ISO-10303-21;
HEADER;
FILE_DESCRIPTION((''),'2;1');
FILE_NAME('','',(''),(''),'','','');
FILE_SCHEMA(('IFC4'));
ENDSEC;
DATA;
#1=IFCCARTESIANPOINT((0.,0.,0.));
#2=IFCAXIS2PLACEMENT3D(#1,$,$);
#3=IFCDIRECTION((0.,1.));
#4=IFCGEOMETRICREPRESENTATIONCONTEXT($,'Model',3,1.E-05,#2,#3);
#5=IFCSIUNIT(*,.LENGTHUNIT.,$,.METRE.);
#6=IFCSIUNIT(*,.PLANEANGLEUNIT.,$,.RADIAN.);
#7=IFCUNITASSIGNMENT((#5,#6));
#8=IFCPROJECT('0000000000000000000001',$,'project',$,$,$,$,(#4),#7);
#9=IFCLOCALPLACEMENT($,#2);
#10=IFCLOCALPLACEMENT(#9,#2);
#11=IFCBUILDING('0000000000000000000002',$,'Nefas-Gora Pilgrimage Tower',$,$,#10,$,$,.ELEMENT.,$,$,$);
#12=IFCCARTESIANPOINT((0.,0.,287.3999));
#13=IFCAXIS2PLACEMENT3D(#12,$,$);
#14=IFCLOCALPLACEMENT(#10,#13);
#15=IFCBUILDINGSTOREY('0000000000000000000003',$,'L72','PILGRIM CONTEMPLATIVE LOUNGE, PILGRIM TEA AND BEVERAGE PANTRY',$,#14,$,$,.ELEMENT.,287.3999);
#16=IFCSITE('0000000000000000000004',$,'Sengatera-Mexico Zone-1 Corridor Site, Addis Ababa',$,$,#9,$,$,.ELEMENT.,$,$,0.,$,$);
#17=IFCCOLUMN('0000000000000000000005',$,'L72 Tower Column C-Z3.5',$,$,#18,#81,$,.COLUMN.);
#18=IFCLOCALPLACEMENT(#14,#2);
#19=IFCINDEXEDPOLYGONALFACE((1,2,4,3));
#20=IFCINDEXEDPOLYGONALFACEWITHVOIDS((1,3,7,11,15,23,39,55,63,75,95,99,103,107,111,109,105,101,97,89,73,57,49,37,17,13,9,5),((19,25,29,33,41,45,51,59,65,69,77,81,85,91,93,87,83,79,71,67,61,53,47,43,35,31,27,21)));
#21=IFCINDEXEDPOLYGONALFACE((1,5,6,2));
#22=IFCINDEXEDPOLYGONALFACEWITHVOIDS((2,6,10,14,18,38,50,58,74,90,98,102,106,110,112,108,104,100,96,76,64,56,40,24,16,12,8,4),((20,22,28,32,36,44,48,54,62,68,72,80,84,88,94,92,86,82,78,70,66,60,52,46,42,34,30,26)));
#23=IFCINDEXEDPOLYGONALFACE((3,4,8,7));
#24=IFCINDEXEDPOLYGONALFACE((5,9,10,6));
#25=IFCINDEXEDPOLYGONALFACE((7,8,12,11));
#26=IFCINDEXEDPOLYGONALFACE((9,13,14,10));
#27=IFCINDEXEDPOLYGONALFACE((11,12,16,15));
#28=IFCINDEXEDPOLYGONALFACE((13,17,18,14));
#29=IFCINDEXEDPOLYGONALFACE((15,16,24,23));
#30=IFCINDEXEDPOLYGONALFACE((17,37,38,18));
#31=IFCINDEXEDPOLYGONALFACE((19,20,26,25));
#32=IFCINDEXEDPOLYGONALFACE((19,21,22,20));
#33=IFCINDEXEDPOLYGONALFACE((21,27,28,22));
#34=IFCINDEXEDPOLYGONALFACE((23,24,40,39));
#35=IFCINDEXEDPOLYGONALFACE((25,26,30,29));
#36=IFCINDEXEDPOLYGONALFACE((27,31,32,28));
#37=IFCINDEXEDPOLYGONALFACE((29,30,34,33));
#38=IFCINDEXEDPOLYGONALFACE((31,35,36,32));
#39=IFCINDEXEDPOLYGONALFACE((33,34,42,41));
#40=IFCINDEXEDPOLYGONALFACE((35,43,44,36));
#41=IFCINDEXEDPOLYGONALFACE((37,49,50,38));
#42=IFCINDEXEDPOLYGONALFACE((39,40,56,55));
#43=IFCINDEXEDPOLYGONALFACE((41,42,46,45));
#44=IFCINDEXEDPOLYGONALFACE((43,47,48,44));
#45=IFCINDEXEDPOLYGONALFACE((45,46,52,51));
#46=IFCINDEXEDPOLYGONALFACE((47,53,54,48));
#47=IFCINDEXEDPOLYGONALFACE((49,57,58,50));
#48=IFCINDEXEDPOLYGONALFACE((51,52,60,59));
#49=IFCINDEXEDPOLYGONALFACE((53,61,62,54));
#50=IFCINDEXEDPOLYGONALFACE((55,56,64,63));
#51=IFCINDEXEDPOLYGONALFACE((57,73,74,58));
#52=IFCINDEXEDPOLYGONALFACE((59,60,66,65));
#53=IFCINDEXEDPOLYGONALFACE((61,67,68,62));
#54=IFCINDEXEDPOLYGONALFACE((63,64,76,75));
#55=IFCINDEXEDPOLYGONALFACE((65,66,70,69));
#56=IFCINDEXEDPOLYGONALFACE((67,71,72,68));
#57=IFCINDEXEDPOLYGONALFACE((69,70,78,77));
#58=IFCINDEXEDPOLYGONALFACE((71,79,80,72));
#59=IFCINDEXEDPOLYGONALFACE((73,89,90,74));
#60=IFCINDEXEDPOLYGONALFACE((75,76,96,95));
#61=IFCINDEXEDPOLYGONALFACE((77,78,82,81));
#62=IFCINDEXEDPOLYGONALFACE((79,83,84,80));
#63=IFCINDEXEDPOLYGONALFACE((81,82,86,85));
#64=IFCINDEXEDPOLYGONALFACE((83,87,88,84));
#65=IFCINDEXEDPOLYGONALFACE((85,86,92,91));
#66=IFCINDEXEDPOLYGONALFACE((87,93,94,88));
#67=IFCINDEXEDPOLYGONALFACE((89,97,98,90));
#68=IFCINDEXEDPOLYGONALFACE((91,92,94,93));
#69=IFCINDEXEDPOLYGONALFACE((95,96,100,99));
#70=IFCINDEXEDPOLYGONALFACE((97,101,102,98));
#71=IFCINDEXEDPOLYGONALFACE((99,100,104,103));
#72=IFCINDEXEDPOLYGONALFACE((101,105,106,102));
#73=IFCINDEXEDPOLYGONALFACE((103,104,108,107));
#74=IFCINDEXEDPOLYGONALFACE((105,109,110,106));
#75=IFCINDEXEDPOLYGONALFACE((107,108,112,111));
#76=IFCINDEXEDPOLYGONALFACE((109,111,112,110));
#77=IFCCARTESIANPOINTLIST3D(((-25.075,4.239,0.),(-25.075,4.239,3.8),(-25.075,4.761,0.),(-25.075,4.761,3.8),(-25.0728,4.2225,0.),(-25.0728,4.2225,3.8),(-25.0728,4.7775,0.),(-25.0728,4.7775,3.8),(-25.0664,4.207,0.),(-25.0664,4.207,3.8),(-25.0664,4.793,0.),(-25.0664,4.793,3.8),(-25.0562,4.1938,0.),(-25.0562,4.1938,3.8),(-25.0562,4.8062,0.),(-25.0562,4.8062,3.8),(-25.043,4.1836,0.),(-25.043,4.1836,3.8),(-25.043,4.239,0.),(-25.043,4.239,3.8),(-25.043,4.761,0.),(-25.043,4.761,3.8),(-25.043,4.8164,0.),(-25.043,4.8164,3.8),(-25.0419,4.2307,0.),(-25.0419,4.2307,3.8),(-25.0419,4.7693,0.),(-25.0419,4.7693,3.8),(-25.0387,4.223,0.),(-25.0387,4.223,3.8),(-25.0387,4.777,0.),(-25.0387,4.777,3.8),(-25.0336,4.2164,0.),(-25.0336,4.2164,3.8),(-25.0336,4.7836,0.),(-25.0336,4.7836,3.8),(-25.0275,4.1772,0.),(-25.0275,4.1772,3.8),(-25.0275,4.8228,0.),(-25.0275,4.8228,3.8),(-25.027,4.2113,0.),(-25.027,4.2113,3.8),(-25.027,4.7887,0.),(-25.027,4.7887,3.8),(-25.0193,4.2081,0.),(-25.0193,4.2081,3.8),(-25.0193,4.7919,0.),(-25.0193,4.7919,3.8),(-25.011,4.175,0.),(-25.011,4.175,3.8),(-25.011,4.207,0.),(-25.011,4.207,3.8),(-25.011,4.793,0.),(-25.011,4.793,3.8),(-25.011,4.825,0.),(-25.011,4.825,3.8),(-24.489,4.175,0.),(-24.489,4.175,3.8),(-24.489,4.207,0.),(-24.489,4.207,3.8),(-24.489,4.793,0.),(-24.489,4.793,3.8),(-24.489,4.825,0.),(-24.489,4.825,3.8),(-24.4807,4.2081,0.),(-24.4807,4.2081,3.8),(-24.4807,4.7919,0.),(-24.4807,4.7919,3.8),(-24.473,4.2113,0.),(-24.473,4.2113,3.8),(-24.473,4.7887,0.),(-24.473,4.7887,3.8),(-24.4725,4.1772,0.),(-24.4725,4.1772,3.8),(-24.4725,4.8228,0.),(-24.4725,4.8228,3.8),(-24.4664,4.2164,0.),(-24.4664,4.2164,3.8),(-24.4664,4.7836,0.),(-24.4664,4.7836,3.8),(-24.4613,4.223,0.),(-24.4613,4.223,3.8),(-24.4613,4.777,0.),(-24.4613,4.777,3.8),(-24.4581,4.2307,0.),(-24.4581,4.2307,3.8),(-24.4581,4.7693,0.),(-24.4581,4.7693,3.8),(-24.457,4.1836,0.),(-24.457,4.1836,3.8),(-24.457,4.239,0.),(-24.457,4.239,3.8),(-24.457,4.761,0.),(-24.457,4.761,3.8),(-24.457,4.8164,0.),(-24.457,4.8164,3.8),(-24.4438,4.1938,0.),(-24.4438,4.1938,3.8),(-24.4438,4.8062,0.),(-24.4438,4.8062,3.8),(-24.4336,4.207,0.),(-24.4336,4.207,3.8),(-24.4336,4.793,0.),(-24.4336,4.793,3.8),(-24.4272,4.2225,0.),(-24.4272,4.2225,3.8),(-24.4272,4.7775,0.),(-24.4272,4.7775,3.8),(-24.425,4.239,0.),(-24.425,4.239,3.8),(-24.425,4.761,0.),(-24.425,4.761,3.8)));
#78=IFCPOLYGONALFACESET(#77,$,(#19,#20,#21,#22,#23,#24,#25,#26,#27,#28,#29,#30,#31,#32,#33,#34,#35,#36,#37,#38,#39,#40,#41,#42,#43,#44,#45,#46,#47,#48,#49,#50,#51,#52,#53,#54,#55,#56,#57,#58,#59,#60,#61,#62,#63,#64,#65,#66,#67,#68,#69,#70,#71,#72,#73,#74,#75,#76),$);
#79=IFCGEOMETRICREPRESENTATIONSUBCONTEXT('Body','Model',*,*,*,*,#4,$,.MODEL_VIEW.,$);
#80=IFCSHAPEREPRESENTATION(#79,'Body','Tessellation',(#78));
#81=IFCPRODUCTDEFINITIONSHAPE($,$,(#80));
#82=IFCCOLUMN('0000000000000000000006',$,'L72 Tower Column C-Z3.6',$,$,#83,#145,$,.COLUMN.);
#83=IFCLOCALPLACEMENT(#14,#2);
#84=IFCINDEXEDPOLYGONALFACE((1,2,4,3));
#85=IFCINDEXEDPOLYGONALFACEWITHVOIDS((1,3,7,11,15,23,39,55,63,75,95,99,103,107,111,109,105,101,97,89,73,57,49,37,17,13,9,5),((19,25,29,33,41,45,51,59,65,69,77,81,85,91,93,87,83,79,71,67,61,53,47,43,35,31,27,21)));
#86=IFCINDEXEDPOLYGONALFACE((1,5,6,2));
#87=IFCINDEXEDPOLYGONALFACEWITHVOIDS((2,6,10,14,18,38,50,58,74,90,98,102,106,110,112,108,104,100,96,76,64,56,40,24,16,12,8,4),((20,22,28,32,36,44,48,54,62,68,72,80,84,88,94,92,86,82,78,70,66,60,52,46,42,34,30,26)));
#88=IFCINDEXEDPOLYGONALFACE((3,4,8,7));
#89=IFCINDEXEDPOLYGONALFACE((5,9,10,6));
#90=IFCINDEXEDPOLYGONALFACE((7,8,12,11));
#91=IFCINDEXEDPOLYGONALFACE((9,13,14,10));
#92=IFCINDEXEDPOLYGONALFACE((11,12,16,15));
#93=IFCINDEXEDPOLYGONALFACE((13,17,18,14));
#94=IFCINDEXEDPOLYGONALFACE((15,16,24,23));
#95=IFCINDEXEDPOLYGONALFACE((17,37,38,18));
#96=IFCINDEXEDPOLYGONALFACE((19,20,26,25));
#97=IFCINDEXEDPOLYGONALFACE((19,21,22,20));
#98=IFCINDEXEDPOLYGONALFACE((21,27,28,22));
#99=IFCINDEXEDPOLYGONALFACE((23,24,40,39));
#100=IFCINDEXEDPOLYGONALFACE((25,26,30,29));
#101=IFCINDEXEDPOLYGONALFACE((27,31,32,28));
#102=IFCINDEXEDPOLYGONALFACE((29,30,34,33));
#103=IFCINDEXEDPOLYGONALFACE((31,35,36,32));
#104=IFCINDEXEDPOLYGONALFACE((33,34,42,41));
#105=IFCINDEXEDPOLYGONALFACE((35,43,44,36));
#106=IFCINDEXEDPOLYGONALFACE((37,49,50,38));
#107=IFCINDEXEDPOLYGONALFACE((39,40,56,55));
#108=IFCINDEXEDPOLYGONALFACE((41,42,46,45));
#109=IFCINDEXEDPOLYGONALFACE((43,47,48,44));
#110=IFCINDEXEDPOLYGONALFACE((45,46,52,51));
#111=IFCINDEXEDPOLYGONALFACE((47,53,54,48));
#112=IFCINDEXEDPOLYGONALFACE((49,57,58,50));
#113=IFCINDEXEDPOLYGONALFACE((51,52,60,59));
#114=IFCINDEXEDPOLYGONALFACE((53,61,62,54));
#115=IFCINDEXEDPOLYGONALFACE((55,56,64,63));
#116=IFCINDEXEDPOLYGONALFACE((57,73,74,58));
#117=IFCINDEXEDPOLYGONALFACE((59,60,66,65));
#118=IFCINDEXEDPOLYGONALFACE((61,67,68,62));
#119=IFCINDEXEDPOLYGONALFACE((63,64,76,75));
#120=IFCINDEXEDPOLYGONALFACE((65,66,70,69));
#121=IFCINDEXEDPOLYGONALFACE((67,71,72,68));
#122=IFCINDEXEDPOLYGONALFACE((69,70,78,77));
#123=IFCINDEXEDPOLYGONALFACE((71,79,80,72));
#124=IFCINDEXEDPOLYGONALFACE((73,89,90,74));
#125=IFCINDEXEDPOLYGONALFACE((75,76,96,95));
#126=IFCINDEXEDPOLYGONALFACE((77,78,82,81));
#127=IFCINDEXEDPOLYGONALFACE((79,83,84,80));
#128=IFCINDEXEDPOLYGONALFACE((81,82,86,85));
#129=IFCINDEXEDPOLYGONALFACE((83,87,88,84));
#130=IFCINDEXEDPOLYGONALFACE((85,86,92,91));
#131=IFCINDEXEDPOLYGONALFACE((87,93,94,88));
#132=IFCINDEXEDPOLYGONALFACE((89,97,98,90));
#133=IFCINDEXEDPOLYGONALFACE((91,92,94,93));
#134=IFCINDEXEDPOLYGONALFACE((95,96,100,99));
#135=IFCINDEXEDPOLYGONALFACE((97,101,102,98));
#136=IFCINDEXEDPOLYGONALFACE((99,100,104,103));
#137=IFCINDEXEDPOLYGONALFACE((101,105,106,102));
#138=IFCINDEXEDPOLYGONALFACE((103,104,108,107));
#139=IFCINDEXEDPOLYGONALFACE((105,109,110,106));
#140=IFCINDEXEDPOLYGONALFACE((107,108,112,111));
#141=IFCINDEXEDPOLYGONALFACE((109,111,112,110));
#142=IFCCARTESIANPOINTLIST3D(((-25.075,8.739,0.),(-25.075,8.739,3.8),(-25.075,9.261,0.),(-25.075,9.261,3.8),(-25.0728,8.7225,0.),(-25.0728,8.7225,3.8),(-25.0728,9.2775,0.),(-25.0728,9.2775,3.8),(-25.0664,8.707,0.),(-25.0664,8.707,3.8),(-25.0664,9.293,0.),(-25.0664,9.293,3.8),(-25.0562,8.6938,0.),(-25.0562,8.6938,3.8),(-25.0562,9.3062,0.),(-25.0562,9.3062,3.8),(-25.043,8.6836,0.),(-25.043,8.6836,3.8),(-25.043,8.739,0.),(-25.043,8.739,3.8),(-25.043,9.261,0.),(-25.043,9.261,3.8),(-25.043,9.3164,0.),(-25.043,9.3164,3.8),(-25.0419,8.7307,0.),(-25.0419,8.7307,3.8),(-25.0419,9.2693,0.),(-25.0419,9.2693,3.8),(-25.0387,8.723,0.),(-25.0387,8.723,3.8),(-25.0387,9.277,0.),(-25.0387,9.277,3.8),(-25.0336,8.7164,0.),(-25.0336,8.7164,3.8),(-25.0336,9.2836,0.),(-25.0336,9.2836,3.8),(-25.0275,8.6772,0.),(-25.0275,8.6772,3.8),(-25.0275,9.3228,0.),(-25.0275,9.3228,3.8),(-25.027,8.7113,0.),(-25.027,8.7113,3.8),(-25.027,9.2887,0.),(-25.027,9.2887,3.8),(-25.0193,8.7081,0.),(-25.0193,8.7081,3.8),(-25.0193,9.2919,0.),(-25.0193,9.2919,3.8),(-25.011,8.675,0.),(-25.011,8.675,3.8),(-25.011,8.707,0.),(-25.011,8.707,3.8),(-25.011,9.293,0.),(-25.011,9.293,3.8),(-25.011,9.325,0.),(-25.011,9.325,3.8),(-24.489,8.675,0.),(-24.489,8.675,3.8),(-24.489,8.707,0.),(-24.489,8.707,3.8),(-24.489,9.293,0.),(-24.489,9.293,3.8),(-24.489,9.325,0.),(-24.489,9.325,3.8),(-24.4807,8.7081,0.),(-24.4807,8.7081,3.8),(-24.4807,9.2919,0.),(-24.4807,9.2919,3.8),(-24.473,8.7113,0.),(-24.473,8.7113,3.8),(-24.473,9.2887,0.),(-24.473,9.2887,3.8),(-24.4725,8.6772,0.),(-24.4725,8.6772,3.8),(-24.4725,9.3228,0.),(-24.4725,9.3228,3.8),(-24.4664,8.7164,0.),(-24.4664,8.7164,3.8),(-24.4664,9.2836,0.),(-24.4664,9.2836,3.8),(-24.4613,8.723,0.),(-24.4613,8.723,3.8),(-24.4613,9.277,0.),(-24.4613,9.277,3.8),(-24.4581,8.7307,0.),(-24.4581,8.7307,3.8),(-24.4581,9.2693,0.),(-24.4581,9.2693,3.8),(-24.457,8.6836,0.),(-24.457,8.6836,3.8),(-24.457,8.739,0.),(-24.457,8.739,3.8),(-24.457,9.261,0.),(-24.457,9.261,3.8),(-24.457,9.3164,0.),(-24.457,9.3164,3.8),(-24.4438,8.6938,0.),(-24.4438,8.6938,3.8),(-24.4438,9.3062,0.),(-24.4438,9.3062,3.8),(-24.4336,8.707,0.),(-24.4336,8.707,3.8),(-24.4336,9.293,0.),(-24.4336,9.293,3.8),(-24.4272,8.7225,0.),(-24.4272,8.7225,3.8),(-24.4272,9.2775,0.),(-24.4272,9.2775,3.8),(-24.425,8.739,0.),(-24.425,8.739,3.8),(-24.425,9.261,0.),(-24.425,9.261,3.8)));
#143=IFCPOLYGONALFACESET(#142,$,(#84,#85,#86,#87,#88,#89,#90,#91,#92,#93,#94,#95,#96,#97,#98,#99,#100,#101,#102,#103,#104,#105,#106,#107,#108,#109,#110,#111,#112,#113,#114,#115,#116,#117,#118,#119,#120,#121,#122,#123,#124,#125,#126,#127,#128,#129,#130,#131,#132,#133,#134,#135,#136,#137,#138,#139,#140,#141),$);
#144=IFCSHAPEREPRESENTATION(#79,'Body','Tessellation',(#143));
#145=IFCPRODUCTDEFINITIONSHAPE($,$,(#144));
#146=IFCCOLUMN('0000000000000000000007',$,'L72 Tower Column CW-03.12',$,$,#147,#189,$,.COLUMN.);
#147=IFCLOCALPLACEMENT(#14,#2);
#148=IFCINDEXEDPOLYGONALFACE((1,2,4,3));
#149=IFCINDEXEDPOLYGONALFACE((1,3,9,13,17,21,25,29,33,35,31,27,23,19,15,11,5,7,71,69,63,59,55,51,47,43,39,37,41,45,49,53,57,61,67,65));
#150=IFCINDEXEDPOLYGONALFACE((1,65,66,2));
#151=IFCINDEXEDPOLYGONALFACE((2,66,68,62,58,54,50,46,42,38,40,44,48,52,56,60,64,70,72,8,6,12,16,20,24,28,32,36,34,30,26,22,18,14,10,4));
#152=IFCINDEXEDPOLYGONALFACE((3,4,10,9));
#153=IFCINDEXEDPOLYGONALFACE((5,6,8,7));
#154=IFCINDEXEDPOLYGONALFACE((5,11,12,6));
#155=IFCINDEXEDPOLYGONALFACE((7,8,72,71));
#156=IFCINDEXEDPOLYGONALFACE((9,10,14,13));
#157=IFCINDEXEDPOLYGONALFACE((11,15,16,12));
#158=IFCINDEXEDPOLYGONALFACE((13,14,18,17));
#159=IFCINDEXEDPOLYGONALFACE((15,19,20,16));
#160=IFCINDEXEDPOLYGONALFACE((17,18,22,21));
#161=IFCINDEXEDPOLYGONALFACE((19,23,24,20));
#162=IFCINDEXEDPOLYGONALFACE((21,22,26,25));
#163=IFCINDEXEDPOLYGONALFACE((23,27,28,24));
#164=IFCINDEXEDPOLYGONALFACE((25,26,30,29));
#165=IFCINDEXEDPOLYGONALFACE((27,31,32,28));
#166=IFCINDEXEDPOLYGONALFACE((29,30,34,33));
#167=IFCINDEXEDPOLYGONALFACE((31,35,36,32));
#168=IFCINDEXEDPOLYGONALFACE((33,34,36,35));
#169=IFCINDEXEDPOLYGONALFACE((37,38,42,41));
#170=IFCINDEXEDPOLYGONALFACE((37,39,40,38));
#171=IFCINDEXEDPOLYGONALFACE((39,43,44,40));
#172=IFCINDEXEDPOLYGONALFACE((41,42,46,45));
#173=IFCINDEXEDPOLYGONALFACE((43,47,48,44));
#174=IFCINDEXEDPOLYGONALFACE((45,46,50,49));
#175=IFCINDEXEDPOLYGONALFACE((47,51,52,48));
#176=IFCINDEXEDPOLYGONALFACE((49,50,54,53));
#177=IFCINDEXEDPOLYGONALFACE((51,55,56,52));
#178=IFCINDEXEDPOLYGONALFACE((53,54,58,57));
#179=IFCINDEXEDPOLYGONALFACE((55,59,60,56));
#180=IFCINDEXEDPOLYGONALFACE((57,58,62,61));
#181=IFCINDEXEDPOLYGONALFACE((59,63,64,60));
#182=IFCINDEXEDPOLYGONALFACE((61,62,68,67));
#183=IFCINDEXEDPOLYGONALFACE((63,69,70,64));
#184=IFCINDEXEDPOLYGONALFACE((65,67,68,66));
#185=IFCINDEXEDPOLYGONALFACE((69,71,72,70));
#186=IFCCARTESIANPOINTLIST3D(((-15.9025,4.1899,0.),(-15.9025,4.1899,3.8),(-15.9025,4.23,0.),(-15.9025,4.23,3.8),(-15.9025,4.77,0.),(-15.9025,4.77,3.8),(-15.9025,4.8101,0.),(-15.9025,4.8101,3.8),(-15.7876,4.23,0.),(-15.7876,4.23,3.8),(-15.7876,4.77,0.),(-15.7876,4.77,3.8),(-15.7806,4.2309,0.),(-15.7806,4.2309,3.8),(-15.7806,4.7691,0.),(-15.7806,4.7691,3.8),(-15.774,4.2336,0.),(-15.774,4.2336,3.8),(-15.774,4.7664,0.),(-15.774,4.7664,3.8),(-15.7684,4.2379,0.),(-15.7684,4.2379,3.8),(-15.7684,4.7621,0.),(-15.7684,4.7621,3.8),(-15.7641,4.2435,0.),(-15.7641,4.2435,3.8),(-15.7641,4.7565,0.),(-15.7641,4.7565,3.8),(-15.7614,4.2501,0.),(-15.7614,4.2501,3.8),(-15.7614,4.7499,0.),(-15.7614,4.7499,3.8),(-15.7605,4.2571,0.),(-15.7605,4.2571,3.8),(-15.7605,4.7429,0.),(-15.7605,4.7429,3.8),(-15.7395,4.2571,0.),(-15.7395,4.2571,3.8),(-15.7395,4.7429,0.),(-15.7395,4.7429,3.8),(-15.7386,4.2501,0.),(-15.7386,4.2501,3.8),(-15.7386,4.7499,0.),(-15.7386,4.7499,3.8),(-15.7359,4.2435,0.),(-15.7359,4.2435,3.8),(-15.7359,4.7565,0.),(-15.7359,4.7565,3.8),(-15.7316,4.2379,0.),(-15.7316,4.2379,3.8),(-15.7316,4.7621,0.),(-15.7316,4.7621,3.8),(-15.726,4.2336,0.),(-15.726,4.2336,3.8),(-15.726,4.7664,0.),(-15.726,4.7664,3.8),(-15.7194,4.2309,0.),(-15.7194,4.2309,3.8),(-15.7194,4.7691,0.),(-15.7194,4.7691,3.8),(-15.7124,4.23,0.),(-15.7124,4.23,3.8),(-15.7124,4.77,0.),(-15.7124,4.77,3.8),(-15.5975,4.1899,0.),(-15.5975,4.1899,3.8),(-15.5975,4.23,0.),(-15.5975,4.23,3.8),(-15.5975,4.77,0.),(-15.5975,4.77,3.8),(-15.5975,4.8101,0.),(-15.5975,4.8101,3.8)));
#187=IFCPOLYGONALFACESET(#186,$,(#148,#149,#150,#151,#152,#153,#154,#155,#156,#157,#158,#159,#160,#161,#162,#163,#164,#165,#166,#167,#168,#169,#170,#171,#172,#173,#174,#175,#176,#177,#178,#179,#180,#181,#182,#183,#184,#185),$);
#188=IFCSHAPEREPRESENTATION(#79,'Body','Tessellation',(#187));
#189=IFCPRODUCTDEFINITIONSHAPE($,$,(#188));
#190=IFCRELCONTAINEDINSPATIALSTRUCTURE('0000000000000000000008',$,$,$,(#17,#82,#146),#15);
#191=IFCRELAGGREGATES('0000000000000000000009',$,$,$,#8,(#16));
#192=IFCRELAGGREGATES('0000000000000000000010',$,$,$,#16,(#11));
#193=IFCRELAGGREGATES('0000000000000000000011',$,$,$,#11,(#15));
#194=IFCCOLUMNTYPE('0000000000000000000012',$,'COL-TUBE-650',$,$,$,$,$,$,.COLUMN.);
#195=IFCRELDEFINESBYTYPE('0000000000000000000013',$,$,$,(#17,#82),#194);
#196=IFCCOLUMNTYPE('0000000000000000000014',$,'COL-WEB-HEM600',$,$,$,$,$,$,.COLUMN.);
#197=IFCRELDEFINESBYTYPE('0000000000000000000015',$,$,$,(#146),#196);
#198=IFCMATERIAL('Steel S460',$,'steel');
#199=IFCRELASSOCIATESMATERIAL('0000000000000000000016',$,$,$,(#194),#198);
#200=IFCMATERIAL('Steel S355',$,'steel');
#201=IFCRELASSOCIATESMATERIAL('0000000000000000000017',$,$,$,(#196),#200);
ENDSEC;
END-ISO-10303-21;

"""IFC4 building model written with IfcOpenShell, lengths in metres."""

from ifc_helpers import new_model, si_unit, direction, frame, origin, origin_2d, place, context, subcontext, project, spatial, hollow_rectangle, i_section, extrude, source, transform, mapped, material, material_profile, profile_set, type_object, element, save


model = new_model("IFC4")

# Units and contexts
model_context = context("Model", 3, precision=1e-05, world=origin(), true_north=direction((0.0, 1.0)))
body_context = subcontext(model_context, "Body", "Model", "MODEL_VIEW")
ifc_project = project(units=[si_unit("LENGTHUNIT", "METRE"), si_unit("PLANEANGLEUNIT", "RADIAN")], contexts=[model_context])

# Site, building, storey
site_placement = place(None, origin())
site = spatial("IfcSite", under=ifc_project, at=site_placement, Name="Sengatera-Mexico Zone-1 Corridor Site, Addis Ababa", CompositionType="ELEMENT", RefElevation=0.0)
building_placement = place(site_placement, origin())
building = spatial("IfcBuilding", under=site, at=building_placement, Name="Nefas-Gora Pilgrimage Tower", CompositionType="ELEMENT")
storey_placement = place(building_placement, frame((0.0, 0.0, 287.3999)))
storey = spatial("IfcBuildingStorey", under=building, at=storey_placement, Name="L72", Description="PILGRIM CONTEMPLATIVE LOUNGE, PILGRIM TEA AND BEVERAGE PANTRY", CompositionType="ELEMENT", Elevation=287.3999)

# Columns
ifc_material_1 = material(Name="Steel S460", Category="steel")
ifc_material_profile_1 = material_profile(ifc_material_1, hollow_rectangle(XDim=0.6499, YDim=0.6499, WallThickness=0.032, InnerFilletRadius=0.032, OuterFilletRadius=0.064, at=origin_2d()), Name="BOX 650x650x32")
ifc_profile_set_1 = profile_set([ifc_material_profile_1], Name="Steel S460")
column_type_1 = type_object("IfcColumnType", Name="COL-TUBE-650", PredefinedType="COLUMN", material=ifc_profile_set_1)
shared_shape_1 = source(origin(), body_context, "Body", "SweptSolid", [
    extrude(hollow_rectangle(XDim=0.6499, YDim=0.6499, WallThickness=0.032, InnerFilletRadius=0.032, OuterFilletRadius=0.064, at=origin_2d()), origin(), (0.0, 0.0, 1.0), 3.8),
])
for number, where, z_axis, x_axis, name in (
    (1, (-24.75, 4.5, 0.0), (0.0, 0.0, 1.0), (1.0, 0.0, 0.0), "L72 Tower Column C-Z3.5"),
    (2, (-24.75, 9.0, 0.0), (0.0, 0.0, 1.0), (1.0, 0.0, 0.0), "L72 Tower Column C-Z3.6"),
):
    element("IfcColumn", number, at=place(storey_placement, frame(where, z_axis=z_axis, x_axis=x_axis)), inside=storey, type_object=column_type_1, Name=name, PredefinedType="COLUMN", context=body_context, shape_type="MappedRepresentation", body=[
        mapped(shared_shape_1, transform((0.0, 0.0, 0.0), x_axis=(1.0, 0.0, 0.0), y_axis=(0.0, 1.0, 0.0), z_axis=(0.0, 0.0, 1.0), scale=1.0)),
    ])
ifc_material_2 = material(Name="Steel S355", Category="steel")
ifc_material_profile_2 = material_profile(ifc_material_2, i_section(OverallWidth=0.3049, OverallDepth=0.6201, WebThickness=0.021, FlangeThickness=0.04, FilletRadius=0.0271, at=origin_2d()), Name="HEM 600")
ifc_profile_set_2 = profile_set([ifc_material_profile_2], Name="Steel S355")
column_type_2 = type_object("IfcColumnType", Name="COL-WEB-HEM600", PredefinedType="COLUMN", material=ifc_profile_set_2)
shared_shape_2 = source(origin(), body_context, "Body", "SweptSolid", [
    extrude(i_section(OverallWidth=0.3049, OverallDepth=0.6201, WebThickness=0.021, FlangeThickness=0.04, FilletRadius=0.0271, at=origin_2d()), origin(), (0.0, 0.0, 1.0), 3.8),
])
for number, where, z_axis, x_axis, name in (
    (3, (-15.75, 4.5, 0.0), (0.0, 0.0, 1.0), (1.0, 0.0, 0.0), "L72 Tower Column CW-03.12"),
):
    element("IfcColumn", number, at=place(storey_placement, frame(where, z_axis=z_axis, x_axis=x_axis)), inside=storey, type_object=column_type_2, Name=name, PredefinedType="COLUMN", context=body_context, shape_type="MappedRepresentation", body=[
        mapped(shared_shape_2, transform((0.0, 0.0, 0.0), x_axis=(1.0, 0.0, 0.0), y_axis=(0.0, 1.0, 0.0), z_axis=(0.0, 0.0, 1.0), scale=1.0)),
    ])

save(model, "model.ifc")
